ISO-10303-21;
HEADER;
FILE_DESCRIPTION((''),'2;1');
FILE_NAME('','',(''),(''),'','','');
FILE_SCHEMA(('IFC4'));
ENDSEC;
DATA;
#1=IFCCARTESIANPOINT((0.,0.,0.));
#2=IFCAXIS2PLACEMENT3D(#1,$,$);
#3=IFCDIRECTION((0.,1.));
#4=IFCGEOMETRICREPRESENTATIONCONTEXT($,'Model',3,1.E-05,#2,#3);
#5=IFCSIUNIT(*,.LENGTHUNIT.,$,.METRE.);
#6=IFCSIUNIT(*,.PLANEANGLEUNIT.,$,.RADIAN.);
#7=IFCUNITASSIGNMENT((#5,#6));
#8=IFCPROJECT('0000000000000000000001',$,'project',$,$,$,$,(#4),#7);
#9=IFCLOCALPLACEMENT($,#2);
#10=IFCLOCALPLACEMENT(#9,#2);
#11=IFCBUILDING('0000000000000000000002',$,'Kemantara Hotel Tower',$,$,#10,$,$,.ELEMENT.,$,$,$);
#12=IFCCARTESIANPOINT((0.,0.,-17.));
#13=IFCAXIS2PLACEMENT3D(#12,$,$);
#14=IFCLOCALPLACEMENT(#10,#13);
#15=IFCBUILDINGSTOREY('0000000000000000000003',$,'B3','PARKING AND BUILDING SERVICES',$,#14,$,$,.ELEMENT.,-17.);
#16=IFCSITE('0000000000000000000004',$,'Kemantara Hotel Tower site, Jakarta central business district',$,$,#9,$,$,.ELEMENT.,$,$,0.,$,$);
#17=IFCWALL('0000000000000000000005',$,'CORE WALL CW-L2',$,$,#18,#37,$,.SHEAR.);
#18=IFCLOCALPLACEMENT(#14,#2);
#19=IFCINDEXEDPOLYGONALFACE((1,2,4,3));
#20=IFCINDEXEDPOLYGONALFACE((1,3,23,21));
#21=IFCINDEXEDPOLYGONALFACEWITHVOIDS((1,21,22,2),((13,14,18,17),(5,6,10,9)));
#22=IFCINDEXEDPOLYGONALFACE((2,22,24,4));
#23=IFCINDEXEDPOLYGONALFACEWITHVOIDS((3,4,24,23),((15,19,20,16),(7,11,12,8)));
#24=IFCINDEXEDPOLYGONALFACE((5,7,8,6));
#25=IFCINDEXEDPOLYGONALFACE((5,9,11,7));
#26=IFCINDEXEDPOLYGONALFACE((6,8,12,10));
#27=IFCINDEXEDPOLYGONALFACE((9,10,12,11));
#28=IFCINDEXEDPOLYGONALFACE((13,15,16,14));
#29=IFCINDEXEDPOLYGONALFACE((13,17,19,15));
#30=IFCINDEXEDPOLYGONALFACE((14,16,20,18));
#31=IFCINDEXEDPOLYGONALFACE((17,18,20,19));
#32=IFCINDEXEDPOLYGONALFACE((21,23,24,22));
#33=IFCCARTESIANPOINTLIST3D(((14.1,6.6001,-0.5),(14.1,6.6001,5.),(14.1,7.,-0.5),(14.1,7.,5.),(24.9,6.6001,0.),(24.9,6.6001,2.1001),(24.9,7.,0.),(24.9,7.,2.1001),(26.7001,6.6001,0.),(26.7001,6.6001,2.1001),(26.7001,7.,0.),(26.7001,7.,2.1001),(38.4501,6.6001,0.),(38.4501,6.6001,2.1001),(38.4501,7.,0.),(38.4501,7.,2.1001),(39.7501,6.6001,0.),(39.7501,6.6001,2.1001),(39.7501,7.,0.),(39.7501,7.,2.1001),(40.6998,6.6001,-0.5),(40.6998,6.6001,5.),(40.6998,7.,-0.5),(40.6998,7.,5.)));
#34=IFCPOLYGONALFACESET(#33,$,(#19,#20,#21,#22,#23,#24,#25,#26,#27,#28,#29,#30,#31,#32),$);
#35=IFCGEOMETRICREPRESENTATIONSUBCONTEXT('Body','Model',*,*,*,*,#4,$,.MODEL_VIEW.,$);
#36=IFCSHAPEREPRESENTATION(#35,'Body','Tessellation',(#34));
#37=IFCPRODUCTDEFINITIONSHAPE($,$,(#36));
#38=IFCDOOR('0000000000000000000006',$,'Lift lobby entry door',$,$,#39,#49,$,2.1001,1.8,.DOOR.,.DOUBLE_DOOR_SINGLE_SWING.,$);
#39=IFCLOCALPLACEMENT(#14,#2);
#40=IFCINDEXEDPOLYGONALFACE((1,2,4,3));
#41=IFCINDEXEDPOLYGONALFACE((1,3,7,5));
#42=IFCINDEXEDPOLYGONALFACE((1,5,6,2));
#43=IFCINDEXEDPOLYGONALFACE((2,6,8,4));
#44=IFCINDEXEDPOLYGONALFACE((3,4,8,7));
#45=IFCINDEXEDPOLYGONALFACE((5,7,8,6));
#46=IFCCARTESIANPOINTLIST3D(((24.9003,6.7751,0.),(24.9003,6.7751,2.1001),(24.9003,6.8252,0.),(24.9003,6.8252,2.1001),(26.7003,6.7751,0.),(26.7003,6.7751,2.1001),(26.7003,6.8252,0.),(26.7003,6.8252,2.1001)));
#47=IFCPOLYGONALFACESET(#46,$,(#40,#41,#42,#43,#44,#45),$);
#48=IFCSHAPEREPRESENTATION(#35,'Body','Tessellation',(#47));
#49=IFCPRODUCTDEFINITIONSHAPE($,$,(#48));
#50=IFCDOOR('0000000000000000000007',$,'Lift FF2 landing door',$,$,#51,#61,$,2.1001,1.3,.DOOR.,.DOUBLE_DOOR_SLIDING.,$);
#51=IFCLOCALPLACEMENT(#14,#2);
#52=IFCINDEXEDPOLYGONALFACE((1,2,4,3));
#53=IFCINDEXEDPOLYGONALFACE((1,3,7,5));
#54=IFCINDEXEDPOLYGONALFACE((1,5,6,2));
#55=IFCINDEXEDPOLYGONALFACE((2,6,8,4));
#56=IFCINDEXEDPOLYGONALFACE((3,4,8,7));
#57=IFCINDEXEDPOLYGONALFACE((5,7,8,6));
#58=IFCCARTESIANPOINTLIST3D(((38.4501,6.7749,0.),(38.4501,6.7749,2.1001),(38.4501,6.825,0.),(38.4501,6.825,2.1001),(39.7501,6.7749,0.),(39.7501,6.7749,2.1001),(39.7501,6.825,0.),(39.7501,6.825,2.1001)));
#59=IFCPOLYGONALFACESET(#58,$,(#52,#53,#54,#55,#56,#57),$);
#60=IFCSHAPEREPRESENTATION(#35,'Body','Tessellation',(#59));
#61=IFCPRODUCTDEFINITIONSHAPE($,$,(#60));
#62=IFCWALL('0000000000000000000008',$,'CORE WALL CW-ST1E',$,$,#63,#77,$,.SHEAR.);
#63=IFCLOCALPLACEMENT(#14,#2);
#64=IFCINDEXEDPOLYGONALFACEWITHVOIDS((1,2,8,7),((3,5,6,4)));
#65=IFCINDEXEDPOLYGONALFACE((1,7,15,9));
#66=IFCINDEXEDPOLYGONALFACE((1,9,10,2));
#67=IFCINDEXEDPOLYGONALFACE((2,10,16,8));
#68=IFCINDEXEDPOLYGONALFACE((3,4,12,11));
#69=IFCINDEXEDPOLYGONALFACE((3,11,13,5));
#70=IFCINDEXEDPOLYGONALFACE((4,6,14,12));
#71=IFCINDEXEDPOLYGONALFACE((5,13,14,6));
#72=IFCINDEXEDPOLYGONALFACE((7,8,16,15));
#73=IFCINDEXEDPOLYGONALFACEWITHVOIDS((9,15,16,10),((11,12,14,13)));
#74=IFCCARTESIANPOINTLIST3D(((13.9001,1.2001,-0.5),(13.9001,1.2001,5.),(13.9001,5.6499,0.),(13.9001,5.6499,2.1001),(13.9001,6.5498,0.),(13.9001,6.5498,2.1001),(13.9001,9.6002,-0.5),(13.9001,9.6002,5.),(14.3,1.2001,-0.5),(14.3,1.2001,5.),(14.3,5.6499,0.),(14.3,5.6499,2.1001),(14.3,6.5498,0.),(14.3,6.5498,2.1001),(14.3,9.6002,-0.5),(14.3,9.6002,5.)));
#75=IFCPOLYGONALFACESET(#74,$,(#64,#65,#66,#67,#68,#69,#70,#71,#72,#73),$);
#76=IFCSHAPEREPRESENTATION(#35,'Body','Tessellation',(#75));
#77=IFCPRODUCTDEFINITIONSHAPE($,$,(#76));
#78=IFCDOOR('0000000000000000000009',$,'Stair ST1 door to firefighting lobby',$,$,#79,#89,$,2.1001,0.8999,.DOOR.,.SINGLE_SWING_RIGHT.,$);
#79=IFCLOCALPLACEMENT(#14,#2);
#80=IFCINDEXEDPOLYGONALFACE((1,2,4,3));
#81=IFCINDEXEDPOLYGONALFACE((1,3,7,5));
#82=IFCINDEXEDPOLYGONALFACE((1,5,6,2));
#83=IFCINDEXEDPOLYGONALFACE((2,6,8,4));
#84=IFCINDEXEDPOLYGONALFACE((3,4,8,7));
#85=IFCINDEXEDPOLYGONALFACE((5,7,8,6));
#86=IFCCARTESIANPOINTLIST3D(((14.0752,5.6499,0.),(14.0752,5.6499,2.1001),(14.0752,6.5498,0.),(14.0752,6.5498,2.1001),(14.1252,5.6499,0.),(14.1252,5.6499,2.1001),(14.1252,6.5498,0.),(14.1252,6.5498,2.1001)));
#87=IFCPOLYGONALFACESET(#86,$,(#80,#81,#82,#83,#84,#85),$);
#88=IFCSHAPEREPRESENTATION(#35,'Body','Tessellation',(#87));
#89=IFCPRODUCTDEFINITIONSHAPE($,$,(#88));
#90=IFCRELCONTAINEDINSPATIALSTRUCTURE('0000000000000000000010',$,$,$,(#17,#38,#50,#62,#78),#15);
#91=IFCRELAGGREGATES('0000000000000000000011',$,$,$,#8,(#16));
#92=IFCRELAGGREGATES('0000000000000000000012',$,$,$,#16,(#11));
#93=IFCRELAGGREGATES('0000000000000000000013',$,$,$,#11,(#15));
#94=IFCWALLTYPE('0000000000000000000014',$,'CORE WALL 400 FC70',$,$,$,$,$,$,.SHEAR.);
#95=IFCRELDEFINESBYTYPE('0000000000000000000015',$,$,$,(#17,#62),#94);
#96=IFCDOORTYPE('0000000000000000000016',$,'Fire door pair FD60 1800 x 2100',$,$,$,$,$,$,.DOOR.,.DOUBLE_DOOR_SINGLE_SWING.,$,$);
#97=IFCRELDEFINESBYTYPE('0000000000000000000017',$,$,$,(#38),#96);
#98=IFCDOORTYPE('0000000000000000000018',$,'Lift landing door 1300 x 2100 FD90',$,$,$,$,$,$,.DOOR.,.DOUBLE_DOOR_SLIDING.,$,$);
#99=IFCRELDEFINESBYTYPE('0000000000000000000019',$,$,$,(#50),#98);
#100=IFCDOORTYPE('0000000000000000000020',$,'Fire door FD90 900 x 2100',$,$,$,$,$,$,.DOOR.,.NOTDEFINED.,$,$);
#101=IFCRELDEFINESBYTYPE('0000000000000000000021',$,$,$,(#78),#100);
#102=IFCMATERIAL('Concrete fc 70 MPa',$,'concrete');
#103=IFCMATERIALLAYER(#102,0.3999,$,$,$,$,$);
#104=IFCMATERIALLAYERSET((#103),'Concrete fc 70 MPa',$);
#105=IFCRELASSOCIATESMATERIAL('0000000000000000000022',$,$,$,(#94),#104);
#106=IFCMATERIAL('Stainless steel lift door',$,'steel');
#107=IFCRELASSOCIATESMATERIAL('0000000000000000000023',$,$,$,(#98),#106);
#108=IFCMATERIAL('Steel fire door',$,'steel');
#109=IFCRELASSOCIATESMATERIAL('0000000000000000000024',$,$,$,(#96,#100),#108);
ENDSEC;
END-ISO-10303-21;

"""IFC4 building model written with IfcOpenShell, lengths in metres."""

from ifc_helpers import new_model, si_unit, direction, frame, frame_2d, origin, place, context, subcontext, project, spatial, rectangle, extrude, material, layer, layer_set, type_object, element, fill, save


model = new_model("IFC4")

# Units and contexts
model_context = context("Model", 3, precision=1e-05, world=origin(), true_north=direction((0.0, 1.0)))
body_context = subcontext(model_context, "Body", "Model", "MODEL_VIEW")
ifc_project = project(units=[si_unit("LENGTHUNIT", "METRE"), si_unit("PLANEANGLEUNIT", "RADIAN")], contexts=[model_context])

# Site, building, storey
site_placement = place(None, origin())
site = spatial("IfcSite", under=ifc_project, at=site_placement, Name="Kemantara Hotel Tower site, Jakarta central business district", CompositionType="ELEMENT", RefElevation=0.0)
building_placement = place(site_placement, origin())
building = spatial("IfcBuilding", under=site, at=building_placement, Name="Kemantara Hotel Tower", CompositionType="ELEMENT")
storey_placement = place(building_placement, frame((0.0, 0.0, -17.0)))
storey = spatial("IfcBuildingStorey", under=building, at=storey_placement, Name="B3", Description="PARKING AND BUILDING SERVICES", CompositionType="ELEMENT", Elevation=-17.0)

# Shared definitions
ifc_material_1 = material(Name="Concrete fc 70 MPa", Category="concrete")

# Shared definitions
ifc_layer_1 = layer(ifc_material_1, 0.3999)
ifc_layer_set_1 = layer_set([ifc_layer_1], Name="Concrete fc 70 MPa")
wall_type_1 = type_object("IfcWallType", Name="CORE WALL 400 FC70", PredefinedType="SHEAR", material=ifc_layer_set_1)
ifc_material_2 = material(Name="Steel fire door", Category="steel")

# Wall, openings, doors
ifc_material_3 = material(Name="Stainless steel lift door", Category="steel")
door_type_1 = type_object("IfcDoorType", Name="Lift landing door 1300 x 2100 FD90", OperationType="DOUBLE_DOOR_SLIDING", PredefinedType="DOOR", material=ifc_material_3)
wall_1_placement = place(storey_placement, frame((14.1001, 6.8, -0.5), z_axis=(0.0, 0.0, 1.0), x_axis=(1.0, 0.0, 0.0)))
wall_1 = element("IfcWall", 1, at=wall_1_placement, inside=storey, type_object=wall_type_1, Name="CORE WALL CW-L2", PredefinedType="SHEAR", context=body_context, shape_type="SweptSolid", body=[
    extrude(rectangle(XDim=26.5999, YDim=0.3999, at=frame_2d((13.2998, 0.0))), origin(), (0.0, 0.0, 1.0), 5.5),
])
opening_1_placement = place(wall_1_placement, frame((10.8, 0.0, 0.5)))
opening_1 = element("IfcOpeningElement", 2, at=opening_1_placement, cuts=wall_1, PredefinedType="OPENING", context=body_context, shape_type="SweptSolid", body=[
    extrude(rectangle(XDim=1.8, YDim=2.1001, at=frame_2d((0.8999, 1.05))), frame((0.0, 0.21, 0.0), z_axis=(0.0, -1.0, 0.0), x_axis=(1.0, 0.0, 0.0)), (0.0, 0.0, 1.0), 0.4199),
])
opening_2_placement = place(wall_1_placement, frame((24.3501, 0.0, 0.5)))
opening_2 = element("IfcOpeningElement", 3, at=opening_2_placement, cuts=wall_1, PredefinedType="OPENING", context=body_context, shape_type="SweptSolid", body=[
    extrude(rectangle(XDim=1.3, YDim=2.1001, at=frame_2d((0.6499, 1.05))), frame((0.0, 0.21, 0.0), z_axis=(0.0, -1.0, 0.0), x_axis=(1.0, 0.0, 0.0)), (0.0, 0.0, 1.0), 0.4199),
])
door_type_2 = type_object("IfcDoorType", Name="Fire door pair FD60 1800 x 2100", OperationType="DOUBLE_DOOR_SINGLE_SWING", PredefinedType="DOOR", material=ifc_material_2)
door_1_placement = place(opening_1_placement, frame((1.8, 0.0, 0.0), z_axis=(0.0, 0.0, 1.0), x_axis=(-1.0, 0.0, 0.0)))
door_1 = element("IfcDoor", 4, at=door_1_placement, inside=storey, type_object=door_type_2, Name="Lift lobby entry door", OperationType="DOUBLE_DOOR_SINGLE_SWING", OverallHeight=2.1001, OverallWidth=1.8, PredefinedType="DOOR", context=body_context, shape_type="SweptSolid", body=[
    extrude(rectangle(XDim=1.8, YDim=2.1001, at=frame_2d((0.8999, 1.05))), frame((0.0, 0.0249, 0.0), z_axis=(0.0, -1.0, 0.0), x_axis=(1.0, 0.0, 0.0)), (0.0, 0.0, 1.0), 0.05),
])
fill(opening_1, door_1)
door_2_placement = place(opening_2_placement, origin())
door_2 = element("IfcDoor", 5, at=door_2_placement, inside=storey, type_object=door_type_1, Name="Lift FF2 landing door", OperationType="DOUBLE_DOOR_SLIDING", OverallHeight=2.1001, OverallWidth=1.3, PredefinedType="DOOR", context=body_context, shape_type="SweptSolid", body=[
    extrude(rectangle(XDim=1.3, YDim=2.1001, at=frame_2d((0.6499, 1.05))), frame((0.0, 0.0249, 0.0), z_axis=(0.0, -1.0, 0.0), x_axis=(1.0, 0.0, 0.0)), (0.0, 0.0, 1.0), 0.05),
])
fill(opening_2, door_2)

# Wall, opening, door
wall_2_placement = place(storey_placement, frame((14.1001, 1.2, -0.5), z_axis=(0.0, 0.0, 1.0), x_axis=(0.0, 1.0, 0.0)))
wall_2 = element("IfcWall", 6, at=wall_2_placement, inside=storey, type_object=wall_type_1, Name="CORE WALL CW-ST1E", PredefinedType="SHEAR", context=body_context, shape_type="SweptSolid", body=[
    extrude(rectangle(XDim=8.4001, YDim=0.3999, at=frame_2d((4.2002, 0.0))), origin(), (0.0, 0.0, 1.0), 5.5),
])
opening_3_placement = place(wall_2_placement, frame((4.45, 0.0, 0.5)))
opening_3 = element("IfcOpeningElement", 7, at=opening_3_placement, cuts=wall_2, PredefinedType="OPENING", context=body_context, shape_type="SweptSolid", body=[
    extrude(rectangle(XDim=0.8999, YDim=2.1001, at=frame_2d((0.45, 1.05))), frame((0.0, 0.21, 0.0), z_axis=(0.0, -1.0, 0.0), x_axis=(1.0, 0.0, 0.0)), (0.0, 0.0, 1.0), 0.4199),
])
door_type_3 = type_object("IfcDoorType", Name="Fire door FD90 900 x 2100", OperationType="NOTDEFINED", PredefinedType="DOOR", material=ifc_material_2)
door_3_placement = place(opening_3_placement, origin())
door_3 = element("IfcDoor", 8, at=door_3_placement, inside=storey, type_object=door_type_3, Name="Stair ST1 door to firefighting lobby", OperationType="SINGLE_SWING_RIGHT", OverallHeight=2.1001, OverallWidth=0.8999, PredefinedType="DOOR", context=body_context, shape_type="SweptSolid", body=[
    extrude(rectangle(XDim=0.8999, YDim=2.1001, at=frame_2d((0.45, 1.05))), frame((0.0, 0.0249, 0.0), z_axis=(0.0, -1.0, 0.0), x_axis=(1.0, 0.0, 0.0)), (0.0, 0.0, 1.0), 0.05),
])
fill(opening_3, door_3)

save(model, "model.ifc")
